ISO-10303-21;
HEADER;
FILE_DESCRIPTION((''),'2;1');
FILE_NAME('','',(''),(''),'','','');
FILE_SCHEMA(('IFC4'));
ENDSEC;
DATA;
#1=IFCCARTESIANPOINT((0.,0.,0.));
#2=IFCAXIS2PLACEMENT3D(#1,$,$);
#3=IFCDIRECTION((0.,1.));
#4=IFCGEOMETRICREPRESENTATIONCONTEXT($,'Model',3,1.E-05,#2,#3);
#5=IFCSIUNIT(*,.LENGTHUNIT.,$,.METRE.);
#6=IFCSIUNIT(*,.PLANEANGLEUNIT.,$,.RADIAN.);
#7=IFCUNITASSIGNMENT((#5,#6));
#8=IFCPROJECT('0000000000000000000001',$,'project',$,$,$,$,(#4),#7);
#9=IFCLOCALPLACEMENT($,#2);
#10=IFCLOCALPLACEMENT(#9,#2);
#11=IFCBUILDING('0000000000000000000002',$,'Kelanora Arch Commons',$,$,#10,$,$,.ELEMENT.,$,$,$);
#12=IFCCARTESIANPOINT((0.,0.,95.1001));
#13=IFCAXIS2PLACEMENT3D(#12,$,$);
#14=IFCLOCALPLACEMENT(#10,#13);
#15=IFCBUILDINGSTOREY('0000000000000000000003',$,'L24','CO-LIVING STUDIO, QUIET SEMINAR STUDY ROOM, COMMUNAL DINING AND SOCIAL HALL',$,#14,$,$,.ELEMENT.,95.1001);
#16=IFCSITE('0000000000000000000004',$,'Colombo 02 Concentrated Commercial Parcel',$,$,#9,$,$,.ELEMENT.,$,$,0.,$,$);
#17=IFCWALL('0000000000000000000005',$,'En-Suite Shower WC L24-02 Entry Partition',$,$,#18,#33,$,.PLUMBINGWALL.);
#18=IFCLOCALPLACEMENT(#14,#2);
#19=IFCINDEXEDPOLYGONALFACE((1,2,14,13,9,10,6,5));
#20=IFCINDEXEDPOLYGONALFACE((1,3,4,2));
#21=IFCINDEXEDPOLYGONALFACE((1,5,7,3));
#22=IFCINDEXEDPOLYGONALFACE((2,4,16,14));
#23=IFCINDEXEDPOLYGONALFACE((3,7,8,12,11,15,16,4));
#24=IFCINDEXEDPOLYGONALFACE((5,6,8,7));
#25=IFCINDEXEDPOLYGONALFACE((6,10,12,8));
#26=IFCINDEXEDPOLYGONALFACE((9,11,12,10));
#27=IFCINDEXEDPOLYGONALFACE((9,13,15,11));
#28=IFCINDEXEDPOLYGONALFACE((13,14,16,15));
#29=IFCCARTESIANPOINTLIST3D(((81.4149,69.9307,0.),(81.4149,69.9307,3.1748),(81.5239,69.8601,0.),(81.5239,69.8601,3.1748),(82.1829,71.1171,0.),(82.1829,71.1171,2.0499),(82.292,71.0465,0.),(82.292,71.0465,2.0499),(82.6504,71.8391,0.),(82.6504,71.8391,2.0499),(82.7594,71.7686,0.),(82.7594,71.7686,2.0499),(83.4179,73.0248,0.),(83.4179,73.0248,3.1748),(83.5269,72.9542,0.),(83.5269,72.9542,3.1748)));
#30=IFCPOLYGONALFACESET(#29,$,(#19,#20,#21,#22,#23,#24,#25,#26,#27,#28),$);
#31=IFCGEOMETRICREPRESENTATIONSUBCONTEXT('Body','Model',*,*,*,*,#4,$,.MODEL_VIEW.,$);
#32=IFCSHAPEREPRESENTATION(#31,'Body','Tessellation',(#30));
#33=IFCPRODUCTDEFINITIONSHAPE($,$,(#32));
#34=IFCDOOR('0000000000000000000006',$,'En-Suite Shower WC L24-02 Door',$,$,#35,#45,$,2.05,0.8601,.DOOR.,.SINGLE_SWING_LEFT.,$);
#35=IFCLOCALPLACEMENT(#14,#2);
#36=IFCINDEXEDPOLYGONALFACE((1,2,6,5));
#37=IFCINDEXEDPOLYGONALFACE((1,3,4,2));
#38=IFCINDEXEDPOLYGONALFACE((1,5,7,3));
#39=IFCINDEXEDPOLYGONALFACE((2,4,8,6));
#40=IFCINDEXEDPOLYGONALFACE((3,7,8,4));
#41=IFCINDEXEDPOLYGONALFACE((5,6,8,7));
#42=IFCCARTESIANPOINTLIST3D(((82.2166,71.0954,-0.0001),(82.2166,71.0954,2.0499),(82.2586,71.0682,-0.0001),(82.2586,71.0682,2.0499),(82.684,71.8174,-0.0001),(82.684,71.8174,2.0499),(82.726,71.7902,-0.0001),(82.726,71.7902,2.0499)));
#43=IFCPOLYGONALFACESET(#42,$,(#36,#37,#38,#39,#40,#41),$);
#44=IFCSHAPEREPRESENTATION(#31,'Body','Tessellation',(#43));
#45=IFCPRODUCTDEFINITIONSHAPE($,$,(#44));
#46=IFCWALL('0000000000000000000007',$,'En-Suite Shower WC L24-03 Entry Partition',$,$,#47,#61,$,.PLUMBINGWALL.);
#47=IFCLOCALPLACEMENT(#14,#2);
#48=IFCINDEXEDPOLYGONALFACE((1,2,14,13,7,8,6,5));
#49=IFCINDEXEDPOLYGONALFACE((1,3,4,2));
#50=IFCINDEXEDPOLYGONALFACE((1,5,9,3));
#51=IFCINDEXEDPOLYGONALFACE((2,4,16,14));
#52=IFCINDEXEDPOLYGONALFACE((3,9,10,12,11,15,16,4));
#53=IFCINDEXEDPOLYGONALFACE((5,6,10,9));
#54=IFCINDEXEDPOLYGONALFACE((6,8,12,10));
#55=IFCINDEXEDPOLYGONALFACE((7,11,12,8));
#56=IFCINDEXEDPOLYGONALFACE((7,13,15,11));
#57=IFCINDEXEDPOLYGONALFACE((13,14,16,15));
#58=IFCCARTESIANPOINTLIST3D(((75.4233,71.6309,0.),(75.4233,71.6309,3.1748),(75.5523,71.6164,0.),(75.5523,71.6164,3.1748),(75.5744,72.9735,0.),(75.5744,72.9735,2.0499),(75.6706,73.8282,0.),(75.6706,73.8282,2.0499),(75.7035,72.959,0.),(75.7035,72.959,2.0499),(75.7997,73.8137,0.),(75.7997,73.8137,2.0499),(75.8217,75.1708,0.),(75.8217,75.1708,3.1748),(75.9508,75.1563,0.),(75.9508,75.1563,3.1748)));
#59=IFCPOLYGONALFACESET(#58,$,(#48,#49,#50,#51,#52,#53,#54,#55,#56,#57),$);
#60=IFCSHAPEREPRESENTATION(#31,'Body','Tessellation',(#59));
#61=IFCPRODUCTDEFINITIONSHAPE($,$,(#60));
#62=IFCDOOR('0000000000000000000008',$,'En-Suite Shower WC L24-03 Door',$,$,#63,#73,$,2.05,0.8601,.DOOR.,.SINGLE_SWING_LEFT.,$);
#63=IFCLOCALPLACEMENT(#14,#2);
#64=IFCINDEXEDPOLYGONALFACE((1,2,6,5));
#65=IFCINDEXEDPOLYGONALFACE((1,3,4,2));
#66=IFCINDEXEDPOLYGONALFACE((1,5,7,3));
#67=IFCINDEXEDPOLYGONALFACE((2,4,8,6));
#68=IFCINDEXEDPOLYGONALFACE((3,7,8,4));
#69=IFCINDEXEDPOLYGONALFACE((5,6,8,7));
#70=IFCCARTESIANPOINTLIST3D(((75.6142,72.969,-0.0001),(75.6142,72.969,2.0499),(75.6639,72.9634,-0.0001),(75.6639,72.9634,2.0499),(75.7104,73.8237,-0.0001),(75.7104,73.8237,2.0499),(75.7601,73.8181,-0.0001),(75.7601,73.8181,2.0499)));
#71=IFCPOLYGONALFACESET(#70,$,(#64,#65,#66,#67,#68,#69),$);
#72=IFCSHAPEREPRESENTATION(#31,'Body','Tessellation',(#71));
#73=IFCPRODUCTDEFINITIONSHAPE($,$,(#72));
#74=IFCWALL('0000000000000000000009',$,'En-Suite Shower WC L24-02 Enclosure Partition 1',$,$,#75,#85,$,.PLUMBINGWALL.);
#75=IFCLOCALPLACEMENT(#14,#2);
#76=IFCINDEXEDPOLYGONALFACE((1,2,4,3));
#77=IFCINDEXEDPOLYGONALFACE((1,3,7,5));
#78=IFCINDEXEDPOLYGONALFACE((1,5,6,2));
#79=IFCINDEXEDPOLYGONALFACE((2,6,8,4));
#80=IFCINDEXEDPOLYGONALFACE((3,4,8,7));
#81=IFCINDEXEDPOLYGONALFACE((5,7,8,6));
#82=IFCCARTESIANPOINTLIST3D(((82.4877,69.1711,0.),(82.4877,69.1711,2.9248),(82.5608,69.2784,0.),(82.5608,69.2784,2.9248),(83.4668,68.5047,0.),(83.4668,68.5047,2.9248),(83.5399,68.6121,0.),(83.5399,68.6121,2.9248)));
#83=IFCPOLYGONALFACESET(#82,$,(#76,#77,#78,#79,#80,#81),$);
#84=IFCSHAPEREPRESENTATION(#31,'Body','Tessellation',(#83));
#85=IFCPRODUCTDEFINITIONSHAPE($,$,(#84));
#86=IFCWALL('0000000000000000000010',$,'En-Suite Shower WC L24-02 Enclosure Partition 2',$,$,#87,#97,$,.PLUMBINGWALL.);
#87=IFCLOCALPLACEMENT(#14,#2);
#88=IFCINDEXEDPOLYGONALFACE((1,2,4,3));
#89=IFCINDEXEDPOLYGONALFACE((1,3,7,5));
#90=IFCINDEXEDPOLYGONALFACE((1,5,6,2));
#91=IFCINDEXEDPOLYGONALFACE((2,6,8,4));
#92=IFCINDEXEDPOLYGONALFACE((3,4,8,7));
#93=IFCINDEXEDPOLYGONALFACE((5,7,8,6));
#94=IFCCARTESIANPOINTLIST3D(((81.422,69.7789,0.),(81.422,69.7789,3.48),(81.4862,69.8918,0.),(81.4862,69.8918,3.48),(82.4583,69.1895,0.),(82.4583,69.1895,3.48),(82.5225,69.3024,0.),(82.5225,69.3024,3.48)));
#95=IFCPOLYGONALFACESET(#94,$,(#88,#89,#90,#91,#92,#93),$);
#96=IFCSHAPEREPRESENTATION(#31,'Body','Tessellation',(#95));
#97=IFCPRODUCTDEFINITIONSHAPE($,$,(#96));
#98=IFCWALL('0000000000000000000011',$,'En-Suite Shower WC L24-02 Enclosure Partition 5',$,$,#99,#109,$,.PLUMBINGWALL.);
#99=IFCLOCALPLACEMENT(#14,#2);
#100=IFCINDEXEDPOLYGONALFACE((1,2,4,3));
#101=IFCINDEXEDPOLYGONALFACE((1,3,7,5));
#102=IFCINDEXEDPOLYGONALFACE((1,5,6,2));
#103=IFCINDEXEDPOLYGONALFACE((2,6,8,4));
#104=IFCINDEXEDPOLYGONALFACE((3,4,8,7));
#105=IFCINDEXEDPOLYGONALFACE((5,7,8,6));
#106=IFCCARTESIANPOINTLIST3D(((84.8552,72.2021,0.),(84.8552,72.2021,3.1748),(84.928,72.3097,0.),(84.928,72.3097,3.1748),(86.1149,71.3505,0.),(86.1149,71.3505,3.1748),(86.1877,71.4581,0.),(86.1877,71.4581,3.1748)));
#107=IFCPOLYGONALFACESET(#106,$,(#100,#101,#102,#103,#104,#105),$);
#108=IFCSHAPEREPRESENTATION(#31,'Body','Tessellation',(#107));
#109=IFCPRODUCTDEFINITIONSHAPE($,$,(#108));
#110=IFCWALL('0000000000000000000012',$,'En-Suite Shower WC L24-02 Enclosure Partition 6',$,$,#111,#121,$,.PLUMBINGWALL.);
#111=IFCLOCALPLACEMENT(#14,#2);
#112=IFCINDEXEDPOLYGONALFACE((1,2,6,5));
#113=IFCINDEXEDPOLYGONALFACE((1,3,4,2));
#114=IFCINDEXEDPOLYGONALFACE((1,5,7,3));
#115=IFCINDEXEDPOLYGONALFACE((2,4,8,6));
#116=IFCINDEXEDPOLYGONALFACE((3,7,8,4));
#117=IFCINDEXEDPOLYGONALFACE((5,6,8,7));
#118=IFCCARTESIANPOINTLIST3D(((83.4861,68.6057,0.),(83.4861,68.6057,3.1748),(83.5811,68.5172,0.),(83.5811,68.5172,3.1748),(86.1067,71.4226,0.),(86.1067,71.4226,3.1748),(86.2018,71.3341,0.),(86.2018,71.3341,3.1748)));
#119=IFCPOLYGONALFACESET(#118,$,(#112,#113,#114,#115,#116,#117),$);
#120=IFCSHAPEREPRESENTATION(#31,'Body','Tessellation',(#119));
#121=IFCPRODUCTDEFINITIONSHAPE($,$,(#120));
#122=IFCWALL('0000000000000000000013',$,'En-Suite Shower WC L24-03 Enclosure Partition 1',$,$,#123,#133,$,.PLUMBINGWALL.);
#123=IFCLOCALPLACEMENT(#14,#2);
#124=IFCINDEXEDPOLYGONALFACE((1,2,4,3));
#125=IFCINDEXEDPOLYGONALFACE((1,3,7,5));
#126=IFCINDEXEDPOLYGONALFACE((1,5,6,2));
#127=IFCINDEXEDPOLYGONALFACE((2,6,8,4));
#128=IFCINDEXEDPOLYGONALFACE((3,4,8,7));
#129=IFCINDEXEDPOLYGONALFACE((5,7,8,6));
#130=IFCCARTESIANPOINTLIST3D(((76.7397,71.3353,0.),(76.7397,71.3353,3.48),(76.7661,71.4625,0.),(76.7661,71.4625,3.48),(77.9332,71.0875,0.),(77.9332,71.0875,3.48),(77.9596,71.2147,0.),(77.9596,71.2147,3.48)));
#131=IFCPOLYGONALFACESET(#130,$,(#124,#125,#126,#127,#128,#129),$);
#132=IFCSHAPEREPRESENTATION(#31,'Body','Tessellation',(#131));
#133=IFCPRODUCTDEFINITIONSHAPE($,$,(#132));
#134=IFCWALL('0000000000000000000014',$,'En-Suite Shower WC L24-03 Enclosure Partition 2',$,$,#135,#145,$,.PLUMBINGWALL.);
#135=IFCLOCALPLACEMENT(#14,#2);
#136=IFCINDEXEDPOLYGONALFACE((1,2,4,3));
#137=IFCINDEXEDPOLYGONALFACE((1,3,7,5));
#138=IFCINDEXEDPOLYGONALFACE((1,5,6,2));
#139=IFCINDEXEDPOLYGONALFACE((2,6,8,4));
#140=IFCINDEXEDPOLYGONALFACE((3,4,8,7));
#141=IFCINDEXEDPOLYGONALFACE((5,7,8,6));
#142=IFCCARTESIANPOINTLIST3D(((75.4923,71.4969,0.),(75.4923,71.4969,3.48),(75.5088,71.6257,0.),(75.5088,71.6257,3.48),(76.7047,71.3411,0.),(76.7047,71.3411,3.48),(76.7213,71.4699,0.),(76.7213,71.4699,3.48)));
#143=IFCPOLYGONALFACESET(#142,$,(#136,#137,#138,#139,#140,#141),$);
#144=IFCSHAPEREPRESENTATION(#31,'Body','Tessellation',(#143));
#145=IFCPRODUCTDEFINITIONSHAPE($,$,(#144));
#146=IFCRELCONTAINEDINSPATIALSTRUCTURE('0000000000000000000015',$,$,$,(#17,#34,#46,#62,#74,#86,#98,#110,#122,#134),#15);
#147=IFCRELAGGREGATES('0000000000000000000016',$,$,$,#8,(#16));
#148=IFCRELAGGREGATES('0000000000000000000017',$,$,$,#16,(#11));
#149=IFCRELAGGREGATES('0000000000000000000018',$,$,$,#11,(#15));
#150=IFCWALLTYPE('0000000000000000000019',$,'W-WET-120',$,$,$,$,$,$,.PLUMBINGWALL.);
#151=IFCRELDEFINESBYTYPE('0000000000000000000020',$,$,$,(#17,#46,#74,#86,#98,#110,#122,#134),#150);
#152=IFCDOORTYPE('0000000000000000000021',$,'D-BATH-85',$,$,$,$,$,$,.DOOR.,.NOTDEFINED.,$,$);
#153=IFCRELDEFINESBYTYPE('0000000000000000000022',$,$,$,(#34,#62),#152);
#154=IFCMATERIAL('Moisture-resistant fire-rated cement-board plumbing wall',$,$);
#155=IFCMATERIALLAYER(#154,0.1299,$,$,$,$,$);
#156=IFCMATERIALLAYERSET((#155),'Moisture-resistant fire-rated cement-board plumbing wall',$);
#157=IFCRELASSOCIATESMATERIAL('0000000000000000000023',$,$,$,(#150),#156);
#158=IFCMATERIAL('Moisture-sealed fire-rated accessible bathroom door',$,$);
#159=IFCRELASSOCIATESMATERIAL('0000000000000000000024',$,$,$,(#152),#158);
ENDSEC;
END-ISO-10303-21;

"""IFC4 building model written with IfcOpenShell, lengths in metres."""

from ifc_helpers import new_model, si_unit, direction, frame, frame_2d, origin, place, context, subcontext, project, spatial, rectangle, extrude, material, layer, layer_set, type_object, element, fill, save


model = new_model("IFC4")

# Units and contexts
model_context = context("Model", 3, precision=1e-05, world=origin(), true_north=direction((0.0, 1.0)))
body_context = subcontext(model_context, "Body", "Model", "MODEL_VIEW")
ifc_project = project(units=[si_unit("LENGTHUNIT", "METRE"), si_unit("PLANEANGLEUNIT", "RADIAN")], contexts=[model_context])

# Site, building, storey
site_placement = place(None, origin())
site = spatial("IfcSite", under=ifc_project, at=site_placement, Name="Colombo 02 Concentrated Commercial Parcel", CompositionType="ELEMENT", RefElevation=0.0)
building_placement = place(site_placement, origin())
building = spatial("IfcBuilding", under=site, at=building_placement, Name="Kelanora Arch Commons", CompositionType="ELEMENT")
storey_placement = place(building_placement, frame((0.0, 0.0, 95.1001)))
storey = spatial("IfcBuildingStorey", under=building, at=storey_placement, Name="L24", Description="CO-LIVING STUDIO, QUIET SEMINAR STUDY ROOM, COMMUNAL DINING AND SOCIAL HALL", CompositionType="ELEMENT", Elevation=95.1001)

# Walls, openings, doors
ifc_material_1 = material(Name="Moisture-resistant fire-rated cement-board plumbing wall")
ifc_layer_1 = layer(ifc_material_1, 0.1299)
ifc_layer_set_1 = layer_set([ifc_layer_1], Name="Moisture-resistant fire-rated cement-board plumbing wall")
wall_type_1 = type_object("IfcWallType", Name="W-WET-120", PredefinedType="PLUMBINGWALL", material=ifc_layer_set_1)
wall_1_placement = place(storey_placement, frame((81.4695, 69.8955, 0.0), z_axis=(0.0, 0.0, 1.0), x_axis=(0.54343, 0.839455, 0.0)))
wall_1 = element("IfcWall", 1, at=wall_1_placement, inside=storey, type_object=wall_type_1, Name="En-Suite Shower WC L24-02 Entry Partition", PredefinedType="PLUMBINGWALL", context=body_context, shape_type="SweptSolid", body=[
    extrude(rectangle(XDim=3.6858, YDim=0.1299, at=frame_2d((1.8428, 0.0))), origin(), (0.0, 0.0, 1.0), 3.1748),
])
opening_1_placement = place(wall_1_placement, frame((1.4131, 0.0, 0.0)))
opening_1 = element("IfcOpeningElement", 2, at=opening_1_placement, cuts=wall_1, PredefinedType="OPENING", context=body_context, shape_type="SweptSolid", body=[
    extrude(rectangle(XDim=0.8601, YDim=2.05, at=frame_2d((0.4302, 1.0249))), frame((0.0, 0.075, 0.0), z_axis=(0.0, -1.0, 0.0), x_axis=(1.0, 0.0, 0.0)), (0.0, 0.0, 1.0), 0.1499),
])
ifc_material_2 = material(Name="Moisture-sealed fire-rated accessible bathroom door")
door_type_1 = type_object("IfcDoorType", Name="D-BATH-85", OperationType="NOTDEFINED", PredefinedType="DOOR", material=ifc_material_2)
door_1_placement = place(opening_1_placement, origin())
door_1 = element("IfcDoor", 3, at=door_1_placement, inside=storey, type_object=door_type_1, Name="En-Suite Shower WC L24-02 Door", OperationType="SINGLE_SWING_LEFT", OverallHeight=2.05, OverallWidth=0.8601, PredefinedType="DOOR", context=body_context, shape_type="SweptSolid", body=[
    extrude(rectangle(XDim=0.8601, YDim=2.05, at=frame_2d((0.4302, 1.0249))), frame((0.0, 0.0249, 0.0), z_axis=(0.0, -1.0, 0.0), x_axis=(1.0, 0.0, 0.0)), (0.0, 0.0, 1.0), 0.05),
])
fill(opening_1, door_1)
wall_2_placement = place(storey_placement, frame((75.4878, 71.6235, 0.0), z_axis=(0.0, 0.0, 1.0), x_axis=(0.111853, 0.993725, 0.0)))
wall_2 = element("IfcWall", 4, at=wall_2_placement, inside=storey, type_object=wall_type_1, Name="En-Suite Shower WC L24-03 Entry Partition", PredefinedType="PLUMBINGWALL", context=body_context, shape_type="SweptSolid", body=[
    extrude(rectangle(XDim=3.5623, YDim=0.1299, at=frame_2d((1.7812, 0.0))), origin(), (0.0, 0.0, 1.0), 3.1748),
])
opening_2_placement = place(wall_2_placement, frame((1.3511, 0.0, 0.0)))
opening_2 = element("IfcOpeningElement", 5, at=opening_2_placement, cuts=wall_2, PredefinedType="OPENING", context=body_context, shape_type="SweptSolid", body=[
    extrude(rectangle(XDim=0.8601, YDim=2.05, at=frame_2d((0.4302, 1.0249))), frame((0.0, 0.075, 0.0), z_axis=(0.0, -1.0, 0.0), x_axis=(1.0, 0.0, 0.0)), (0.0, 0.0, 1.0), 0.1499),
])
door_2_placement = place(opening_2_placement, origin())
door_2 = element("IfcDoor", 6, at=door_2_placement, inside=storey, type_object=door_type_1, Name="En-Suite Shower WC L24-03 Door", OperationType="SINGLE_SWING_LEFT", OverallHeight=2.05, OverallWidth=0.8601, PredefinedType="DOOR", context=body_context, shape_type="SweptSolid", body=[
    extrude(rectangle(XDim=0.8601, YDim=2.05, at=frame_2d((0.4302, 1.0249))), frame((0.0, 0.0249, 0.0), z_axis=(0.0, -1.0, 0.0), x_axis=(1.0, 0.0, 0.0)), (0.0, 0.0, 1.0), 0.05),
])
fill(opening_2, door_2)

# Walls
wall_3_placement = place(storey_placement, frame((83.5034, 68.5583, 0.0), z_axis=(0.0, 0.0, 1.0), x_axis=(-0.826716, 0.56262, 0.0)))
element("IfcWall", 7, at=wall_3_placement, inside=storey, type_object=wall_type_1, Name="En-Suite Shower WC L24-02 Enclosure Partition 1", PredefinedType="PLUMBINGWALL", context=body_context, shape_type="SweptSolid", body=[
    extrude(rectangle(XDim=1.1843, YDim=0.1299, at=frame_2d((0.5923, 0.0))), origin(), (0.0, 0.0, 1.0), 2.9248),
])
wall_4_placement = place(storey_placement, frame((82.4905, 69.2458, 0.0), z_axis=(0.0, 0.0, 1.0), x_axis=(-0.869225, 0.494418, 0.0)))
element("IfcWall", 8, at=wall_4_placement, inside=storey, type_object=wall_type_1, Name="En-Suite Shower WC L24-02 Enclosure Partition 2", PredefinedType="PLUMBINGWALL", context=body_context, shape_type="SweptSolid", body=[
    extrude(rectangle(XDim=1.1921, YDim=0.1299, at=frame_2d((0.5962, 0.0))), origin(), (0.0, 0.0, 1.0), 3.48),
])
wall_5_placement = place(storey_placement, frame((84.8916, 72.2559, 0.0), z_axis=(0.0, 0.0, 1.0), x_axis=(0.828476, -0.560024, 0.0)))
element("IfcWall", 9, at=wall_5_placement, inside=storey, type_object=wall_type_1, Name="En-Suite Shower WC L24-02 Enclosure Partition 5", PredefinedType="PLUMBINGWALL", context=body_context, shape_type="SweptSolid", body=[
    extrude(rectangle(XDim=1.5205, YDim=0.1299, at=frame_2d((0.7603, 0.0))), origin(), (0.0, 0.0, 1.0), 3.1748),
])
wall_6_placement = place(storey_placement, frame((86.1543, 71.3784, 0.0), z_axis=(0.0, 0.0, 1.0), x_axis=(-0.681137, -0.732156, 0.0)))
element("IfcWall", 10, at=wall_6_placement, inside=storey, type_object=wall_type_1, Name="En-Suite Shower WC L24-02 Enclosure Partition 6", PredefinedType="PLUMBINGWALL", context=body_context, shape_type="SweptSolid", body=[
    extrude(rectangle(XDim=3.8474, YDim=0.1299, at=frame_2d((1.9238, 0.0))), origin(), (0.0, 0.0, 1.0), 3.1748),
])
wall_7_placement = place(storey_placement, frame((77.9463, 71.1511, 0.0), z_axis=(0.0, 0.0, 1.0), x_axis=(-0.979122, 0.203274, 0.0)))
element("IfcWall", 11, at=wall_7_placement, inside=storey, type_object=wall_type_1, Name="En-Suite Shower WC L24-03 Enclosure Partition 1", PredefinedType="PLUMBINGWALL", context=body_context, shape_type="SweptSolid", body=[
    extrude(rectangle(XDim=1.219, YDim=0.1299, at=frame_2d((0.6094, 0.0))), origin(), (0.0, 0.0, 1.0), 3.48),
])
wall_8_placement = place(storey_placement, frame((76.7131, 71.4055, 0.0), z_axis=(0.0, 0.0, 1.0), x_axis=(-0.991848, 0.127426, 0.0)))
element("IfcWall", 12, at=wall_8_placement, inside=storey, type_object=wall_type_1, Name="En-Suite Shower WC L24-03 Enclosure Partition 2", PredefinedType="PLUMBINGWALL", context=body_context, shape_type="SweptSolid", body=[
    extrude(rectangle(XDim=1.2224, YDim=0.1299, at=frame_2d((0.6113, 0.0))), origin(), (0.0, 0.0, 1.0), 3.48),
])

save(model, "model.ifc")
